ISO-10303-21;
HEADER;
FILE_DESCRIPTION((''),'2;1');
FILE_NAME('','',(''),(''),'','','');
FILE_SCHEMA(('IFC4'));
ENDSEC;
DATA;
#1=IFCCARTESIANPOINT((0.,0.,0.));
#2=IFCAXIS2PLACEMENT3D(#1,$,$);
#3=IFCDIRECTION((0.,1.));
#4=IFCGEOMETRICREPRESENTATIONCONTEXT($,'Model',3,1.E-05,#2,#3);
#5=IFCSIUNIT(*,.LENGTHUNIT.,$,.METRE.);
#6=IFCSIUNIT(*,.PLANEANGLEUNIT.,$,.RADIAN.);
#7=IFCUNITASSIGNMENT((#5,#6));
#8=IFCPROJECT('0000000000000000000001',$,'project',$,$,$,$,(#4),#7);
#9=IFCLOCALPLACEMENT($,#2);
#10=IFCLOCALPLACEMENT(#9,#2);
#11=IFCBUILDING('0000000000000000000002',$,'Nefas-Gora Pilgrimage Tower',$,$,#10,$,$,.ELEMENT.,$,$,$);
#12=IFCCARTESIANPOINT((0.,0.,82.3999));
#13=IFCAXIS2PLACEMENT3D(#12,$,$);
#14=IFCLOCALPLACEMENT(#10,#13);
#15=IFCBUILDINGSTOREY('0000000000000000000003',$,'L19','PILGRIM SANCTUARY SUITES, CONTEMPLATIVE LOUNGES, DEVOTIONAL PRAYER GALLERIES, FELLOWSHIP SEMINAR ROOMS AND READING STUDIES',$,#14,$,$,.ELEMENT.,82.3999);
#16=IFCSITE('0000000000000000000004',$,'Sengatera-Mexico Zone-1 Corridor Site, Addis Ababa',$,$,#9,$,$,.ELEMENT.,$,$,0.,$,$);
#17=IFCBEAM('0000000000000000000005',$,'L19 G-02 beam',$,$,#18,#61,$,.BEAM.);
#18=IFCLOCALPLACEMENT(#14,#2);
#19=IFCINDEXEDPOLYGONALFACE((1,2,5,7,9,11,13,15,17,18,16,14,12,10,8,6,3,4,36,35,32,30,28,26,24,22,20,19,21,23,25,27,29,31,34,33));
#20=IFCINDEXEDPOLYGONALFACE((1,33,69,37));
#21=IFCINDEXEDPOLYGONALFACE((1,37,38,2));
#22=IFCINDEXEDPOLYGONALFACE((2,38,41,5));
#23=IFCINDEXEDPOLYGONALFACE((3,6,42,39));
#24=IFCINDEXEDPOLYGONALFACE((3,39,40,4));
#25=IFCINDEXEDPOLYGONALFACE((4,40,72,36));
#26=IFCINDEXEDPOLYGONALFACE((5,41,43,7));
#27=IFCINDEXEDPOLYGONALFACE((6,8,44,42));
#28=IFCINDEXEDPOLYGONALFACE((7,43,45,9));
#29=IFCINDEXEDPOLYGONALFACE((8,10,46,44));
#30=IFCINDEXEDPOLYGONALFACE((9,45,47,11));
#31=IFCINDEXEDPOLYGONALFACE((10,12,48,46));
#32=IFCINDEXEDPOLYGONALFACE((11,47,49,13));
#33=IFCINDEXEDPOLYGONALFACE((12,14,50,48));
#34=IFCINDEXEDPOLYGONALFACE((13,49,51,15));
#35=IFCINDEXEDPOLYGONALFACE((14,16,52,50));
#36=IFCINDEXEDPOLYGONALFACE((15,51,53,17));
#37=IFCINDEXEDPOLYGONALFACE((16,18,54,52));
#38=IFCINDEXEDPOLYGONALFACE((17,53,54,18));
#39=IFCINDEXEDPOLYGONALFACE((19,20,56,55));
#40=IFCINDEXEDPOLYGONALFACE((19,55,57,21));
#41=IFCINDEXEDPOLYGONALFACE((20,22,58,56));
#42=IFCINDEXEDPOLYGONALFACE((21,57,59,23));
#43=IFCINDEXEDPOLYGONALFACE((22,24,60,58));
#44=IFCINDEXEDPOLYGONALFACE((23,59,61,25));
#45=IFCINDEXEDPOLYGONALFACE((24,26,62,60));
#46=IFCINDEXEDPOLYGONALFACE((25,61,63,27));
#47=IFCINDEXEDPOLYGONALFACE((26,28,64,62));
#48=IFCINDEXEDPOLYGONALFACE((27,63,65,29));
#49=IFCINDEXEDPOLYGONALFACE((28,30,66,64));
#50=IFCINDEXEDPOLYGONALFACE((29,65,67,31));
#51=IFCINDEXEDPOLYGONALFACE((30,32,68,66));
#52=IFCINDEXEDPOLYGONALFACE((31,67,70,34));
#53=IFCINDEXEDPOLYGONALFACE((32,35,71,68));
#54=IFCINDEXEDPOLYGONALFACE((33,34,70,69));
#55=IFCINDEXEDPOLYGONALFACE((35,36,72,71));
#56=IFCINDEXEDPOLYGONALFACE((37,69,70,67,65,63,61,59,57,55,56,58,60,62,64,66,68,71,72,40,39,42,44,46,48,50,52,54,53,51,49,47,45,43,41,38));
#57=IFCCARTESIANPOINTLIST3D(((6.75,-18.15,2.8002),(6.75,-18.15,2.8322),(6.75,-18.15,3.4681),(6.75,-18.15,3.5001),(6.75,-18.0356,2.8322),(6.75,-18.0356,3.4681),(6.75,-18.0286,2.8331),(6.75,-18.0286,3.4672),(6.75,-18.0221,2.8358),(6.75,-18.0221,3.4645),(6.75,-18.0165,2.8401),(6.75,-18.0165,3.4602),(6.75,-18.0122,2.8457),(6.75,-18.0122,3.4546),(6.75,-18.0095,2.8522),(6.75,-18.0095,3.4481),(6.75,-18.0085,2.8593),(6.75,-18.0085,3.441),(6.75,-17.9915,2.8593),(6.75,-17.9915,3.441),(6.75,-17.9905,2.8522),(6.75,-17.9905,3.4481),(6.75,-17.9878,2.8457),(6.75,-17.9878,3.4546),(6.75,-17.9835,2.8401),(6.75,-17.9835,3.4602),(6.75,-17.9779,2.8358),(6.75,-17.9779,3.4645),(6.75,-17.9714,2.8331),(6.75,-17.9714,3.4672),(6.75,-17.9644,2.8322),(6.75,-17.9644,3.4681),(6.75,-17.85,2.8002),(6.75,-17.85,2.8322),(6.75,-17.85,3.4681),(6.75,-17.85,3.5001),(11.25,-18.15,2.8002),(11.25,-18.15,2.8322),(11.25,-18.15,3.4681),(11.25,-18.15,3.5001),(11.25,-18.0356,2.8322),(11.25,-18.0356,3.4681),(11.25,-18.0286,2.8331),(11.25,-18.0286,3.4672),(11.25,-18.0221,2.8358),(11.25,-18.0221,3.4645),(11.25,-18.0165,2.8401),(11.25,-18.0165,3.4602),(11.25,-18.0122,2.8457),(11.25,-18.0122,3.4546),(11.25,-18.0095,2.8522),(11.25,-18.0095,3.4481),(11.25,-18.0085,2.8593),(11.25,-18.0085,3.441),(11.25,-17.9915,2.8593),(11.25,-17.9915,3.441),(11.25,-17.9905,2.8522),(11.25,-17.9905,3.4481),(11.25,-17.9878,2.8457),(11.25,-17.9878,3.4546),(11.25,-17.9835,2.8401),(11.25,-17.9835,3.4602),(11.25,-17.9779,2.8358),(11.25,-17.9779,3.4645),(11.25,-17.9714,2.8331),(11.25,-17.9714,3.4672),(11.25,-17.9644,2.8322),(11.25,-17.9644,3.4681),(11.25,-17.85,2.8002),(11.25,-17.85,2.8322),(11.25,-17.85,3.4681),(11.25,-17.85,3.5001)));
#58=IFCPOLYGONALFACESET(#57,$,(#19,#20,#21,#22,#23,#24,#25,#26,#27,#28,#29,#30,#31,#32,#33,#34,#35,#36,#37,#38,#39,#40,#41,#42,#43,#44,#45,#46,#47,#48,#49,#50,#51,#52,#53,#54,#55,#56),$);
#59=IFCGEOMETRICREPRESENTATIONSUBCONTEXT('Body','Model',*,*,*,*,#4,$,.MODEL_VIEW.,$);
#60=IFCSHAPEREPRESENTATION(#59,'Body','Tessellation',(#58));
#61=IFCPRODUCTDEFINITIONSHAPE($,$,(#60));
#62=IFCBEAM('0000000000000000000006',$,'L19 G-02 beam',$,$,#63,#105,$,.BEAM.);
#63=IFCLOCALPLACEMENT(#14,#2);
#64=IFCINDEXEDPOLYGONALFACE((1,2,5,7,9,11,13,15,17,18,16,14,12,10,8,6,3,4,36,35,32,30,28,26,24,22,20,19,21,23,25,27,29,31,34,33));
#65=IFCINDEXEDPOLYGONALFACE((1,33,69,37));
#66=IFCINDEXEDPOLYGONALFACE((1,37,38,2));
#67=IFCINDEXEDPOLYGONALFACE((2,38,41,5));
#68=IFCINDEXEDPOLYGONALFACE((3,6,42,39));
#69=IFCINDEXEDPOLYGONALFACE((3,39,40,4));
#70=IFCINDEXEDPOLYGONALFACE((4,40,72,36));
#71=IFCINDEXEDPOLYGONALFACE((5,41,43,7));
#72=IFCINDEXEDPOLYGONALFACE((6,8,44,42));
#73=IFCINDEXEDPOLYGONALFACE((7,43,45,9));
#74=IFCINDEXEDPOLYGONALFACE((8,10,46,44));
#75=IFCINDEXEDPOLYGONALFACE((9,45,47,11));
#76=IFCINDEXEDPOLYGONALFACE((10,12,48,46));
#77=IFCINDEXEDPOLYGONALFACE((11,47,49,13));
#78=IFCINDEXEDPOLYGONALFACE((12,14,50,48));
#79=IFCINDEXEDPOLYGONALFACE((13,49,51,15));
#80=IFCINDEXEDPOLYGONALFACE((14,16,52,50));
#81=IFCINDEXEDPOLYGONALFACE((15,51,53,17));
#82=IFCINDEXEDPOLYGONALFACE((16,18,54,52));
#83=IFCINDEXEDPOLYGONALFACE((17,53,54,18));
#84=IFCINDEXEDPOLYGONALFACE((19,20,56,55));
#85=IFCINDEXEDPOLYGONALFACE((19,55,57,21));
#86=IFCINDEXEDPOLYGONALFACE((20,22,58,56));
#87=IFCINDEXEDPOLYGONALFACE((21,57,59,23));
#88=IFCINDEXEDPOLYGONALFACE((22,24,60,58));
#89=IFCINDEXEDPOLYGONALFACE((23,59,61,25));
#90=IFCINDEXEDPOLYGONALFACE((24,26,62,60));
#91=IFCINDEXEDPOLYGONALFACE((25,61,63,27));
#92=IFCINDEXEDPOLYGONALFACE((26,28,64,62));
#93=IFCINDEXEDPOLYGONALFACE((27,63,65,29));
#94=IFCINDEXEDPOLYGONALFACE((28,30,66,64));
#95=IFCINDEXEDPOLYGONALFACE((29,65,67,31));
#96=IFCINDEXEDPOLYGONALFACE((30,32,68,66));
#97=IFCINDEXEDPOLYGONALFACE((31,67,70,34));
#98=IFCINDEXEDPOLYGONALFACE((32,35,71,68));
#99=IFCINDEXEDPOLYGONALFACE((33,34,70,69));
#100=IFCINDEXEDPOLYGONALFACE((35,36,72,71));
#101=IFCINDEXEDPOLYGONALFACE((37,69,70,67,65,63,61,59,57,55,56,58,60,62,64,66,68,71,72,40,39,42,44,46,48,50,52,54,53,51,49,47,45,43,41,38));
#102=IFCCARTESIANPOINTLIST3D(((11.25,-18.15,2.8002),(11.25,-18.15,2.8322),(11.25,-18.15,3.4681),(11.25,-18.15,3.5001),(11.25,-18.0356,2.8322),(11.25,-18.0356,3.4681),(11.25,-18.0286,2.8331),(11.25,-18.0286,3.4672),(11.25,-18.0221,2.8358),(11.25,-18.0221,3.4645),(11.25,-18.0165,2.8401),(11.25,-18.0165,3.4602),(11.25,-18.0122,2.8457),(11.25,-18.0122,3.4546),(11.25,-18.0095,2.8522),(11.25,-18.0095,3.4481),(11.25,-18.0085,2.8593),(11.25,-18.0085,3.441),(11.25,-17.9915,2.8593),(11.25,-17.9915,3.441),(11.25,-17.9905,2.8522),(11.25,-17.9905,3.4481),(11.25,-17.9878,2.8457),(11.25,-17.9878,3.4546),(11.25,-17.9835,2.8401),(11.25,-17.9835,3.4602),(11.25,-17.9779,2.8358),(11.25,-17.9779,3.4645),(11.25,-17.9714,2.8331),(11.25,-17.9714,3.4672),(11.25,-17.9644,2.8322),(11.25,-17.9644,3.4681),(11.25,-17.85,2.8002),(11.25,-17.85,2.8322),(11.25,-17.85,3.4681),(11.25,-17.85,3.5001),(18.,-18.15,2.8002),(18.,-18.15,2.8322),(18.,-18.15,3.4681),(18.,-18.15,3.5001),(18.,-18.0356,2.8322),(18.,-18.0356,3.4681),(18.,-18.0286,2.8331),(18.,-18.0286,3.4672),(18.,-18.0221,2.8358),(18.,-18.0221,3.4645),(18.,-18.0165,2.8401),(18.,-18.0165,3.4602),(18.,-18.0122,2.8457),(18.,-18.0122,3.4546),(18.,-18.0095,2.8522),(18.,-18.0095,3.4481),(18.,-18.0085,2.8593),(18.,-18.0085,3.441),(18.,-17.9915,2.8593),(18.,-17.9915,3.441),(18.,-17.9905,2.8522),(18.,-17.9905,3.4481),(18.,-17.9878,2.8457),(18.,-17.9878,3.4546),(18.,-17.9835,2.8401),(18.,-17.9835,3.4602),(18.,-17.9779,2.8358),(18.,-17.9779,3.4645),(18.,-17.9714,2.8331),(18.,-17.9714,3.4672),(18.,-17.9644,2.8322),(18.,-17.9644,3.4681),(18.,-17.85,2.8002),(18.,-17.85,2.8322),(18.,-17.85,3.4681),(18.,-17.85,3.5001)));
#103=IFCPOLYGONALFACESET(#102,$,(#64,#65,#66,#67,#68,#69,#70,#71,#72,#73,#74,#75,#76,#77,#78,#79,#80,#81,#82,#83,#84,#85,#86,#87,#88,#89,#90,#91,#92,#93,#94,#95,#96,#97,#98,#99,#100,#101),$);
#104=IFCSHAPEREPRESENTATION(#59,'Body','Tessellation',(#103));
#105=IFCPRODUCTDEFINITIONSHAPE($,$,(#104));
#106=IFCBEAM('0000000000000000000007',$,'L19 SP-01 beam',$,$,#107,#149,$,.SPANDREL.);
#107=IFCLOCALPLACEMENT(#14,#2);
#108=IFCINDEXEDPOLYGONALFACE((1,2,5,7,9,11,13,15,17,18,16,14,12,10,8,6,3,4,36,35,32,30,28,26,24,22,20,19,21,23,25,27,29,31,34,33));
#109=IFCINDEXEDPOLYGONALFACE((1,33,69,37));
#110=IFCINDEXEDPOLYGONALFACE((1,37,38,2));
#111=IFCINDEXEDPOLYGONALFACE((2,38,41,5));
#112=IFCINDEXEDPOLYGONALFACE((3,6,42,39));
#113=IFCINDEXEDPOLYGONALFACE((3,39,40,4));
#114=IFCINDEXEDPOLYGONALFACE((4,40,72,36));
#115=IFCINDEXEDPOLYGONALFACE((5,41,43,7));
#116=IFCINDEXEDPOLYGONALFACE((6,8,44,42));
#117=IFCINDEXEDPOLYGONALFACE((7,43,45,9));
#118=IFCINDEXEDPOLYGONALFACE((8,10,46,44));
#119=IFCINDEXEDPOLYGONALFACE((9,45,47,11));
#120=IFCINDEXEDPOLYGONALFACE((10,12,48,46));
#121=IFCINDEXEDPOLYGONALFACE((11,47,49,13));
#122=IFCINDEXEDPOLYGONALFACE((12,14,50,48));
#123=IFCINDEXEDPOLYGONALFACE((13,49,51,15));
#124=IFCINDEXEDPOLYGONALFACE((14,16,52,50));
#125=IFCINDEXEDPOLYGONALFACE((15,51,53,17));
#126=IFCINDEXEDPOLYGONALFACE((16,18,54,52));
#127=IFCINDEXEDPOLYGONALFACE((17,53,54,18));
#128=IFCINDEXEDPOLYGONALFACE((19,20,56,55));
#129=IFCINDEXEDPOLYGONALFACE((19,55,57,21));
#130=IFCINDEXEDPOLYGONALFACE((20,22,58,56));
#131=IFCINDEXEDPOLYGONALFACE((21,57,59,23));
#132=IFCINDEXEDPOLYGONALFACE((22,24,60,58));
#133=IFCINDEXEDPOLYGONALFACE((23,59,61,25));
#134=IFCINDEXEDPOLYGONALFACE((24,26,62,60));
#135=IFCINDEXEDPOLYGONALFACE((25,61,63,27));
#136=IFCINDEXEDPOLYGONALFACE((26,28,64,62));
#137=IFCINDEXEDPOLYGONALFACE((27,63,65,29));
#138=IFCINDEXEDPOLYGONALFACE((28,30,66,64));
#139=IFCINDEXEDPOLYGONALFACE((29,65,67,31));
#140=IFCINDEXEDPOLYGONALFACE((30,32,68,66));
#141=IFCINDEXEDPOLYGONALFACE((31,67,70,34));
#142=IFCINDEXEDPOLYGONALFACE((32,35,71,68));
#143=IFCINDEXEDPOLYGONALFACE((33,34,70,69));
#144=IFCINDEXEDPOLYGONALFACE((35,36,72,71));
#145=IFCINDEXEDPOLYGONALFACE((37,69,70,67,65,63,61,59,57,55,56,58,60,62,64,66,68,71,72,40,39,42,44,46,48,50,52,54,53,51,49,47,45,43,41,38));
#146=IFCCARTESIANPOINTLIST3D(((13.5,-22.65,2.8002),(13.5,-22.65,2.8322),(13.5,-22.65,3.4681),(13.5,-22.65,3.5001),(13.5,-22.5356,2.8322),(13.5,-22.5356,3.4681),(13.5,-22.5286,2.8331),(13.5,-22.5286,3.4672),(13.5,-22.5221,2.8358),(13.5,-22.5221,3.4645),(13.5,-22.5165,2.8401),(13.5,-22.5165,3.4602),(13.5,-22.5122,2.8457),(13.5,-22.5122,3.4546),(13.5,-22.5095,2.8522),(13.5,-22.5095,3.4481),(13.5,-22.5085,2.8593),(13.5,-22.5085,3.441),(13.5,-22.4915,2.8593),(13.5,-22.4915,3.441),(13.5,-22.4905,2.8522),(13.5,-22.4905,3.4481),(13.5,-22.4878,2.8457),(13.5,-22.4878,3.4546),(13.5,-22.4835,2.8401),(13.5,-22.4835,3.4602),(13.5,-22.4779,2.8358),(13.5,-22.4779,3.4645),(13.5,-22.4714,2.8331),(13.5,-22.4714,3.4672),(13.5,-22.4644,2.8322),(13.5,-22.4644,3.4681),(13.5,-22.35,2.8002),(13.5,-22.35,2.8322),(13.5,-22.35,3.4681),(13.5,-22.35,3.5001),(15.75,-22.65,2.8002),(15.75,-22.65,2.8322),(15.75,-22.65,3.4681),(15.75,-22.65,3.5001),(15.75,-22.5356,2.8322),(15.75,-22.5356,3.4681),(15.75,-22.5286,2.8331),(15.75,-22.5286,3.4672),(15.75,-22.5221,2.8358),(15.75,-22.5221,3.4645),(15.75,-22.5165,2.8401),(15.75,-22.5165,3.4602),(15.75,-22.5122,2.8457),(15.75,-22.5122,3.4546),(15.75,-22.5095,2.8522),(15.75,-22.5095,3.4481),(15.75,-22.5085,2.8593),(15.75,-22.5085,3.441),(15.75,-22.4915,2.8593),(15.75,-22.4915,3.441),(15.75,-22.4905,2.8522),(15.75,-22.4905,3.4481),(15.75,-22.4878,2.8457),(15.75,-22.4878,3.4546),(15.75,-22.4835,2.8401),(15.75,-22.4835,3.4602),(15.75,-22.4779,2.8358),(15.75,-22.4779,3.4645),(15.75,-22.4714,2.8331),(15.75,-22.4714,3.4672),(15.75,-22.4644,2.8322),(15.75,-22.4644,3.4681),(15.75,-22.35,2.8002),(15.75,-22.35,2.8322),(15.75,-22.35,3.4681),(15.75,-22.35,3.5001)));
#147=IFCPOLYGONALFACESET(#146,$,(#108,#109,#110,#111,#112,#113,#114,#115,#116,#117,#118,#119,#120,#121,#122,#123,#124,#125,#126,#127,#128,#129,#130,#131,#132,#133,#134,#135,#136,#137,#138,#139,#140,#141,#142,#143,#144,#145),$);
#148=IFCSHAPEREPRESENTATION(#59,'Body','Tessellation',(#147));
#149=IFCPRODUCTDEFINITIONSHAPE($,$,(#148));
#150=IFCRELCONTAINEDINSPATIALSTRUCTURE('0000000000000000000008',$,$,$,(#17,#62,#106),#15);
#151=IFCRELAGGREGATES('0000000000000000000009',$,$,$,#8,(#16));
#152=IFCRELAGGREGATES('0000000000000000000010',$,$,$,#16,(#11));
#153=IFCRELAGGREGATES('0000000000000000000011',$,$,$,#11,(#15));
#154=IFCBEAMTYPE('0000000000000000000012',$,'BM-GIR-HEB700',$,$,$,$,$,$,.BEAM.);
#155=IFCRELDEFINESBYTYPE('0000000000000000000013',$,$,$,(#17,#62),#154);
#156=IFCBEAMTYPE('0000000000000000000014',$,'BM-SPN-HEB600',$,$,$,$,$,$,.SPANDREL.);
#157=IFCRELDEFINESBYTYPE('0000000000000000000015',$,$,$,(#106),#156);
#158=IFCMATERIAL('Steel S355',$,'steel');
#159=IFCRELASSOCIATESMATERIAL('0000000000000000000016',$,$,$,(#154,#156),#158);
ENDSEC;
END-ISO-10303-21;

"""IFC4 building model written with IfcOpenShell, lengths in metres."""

from ifc_helpers import new_model, si_unit, direction, frame, origin, origin_2d, place, context, subcontext, project, spatial, i_section, extrude, source, transform, mapped, material, material_profile, profile_set, type_object, element, save


model = new_model("IFC4")

# Units and contexts
model_context = context("Model", 3, precision=1e-05, world=origin(), true_north=direction((0.0, 1.0)))
body_context = subcontext(model_context, "Body", "Model", "MODEL_VIEW")
ifc_project = project(units=[si_unit("LENGTHUNIT", "METRE"), si_unit("PLANEANGLEUNIT", "RADIAN")], contexts=[model_context])

# Site, building, storey
site_placement = place(None, origin())
site = spatial("IfcSite", under=ifc_project, at=site_placement, Name="Sengatera-Mexico Zone-1 Corridor Site, Addis Ababa", CompositionType="ELEMENT", RefElevation=0.0)
building_placement = place(site_placement, origin())
building = spatial("IfcBuilding", under=site, at=building_placement, Name="Nefas-Gora Pilgrimage Tower", CompositionType="ELEMENT")
storey_placement = place(building_placement, frame((0.0, 0.0, 82.3999)))
storey = spatial("IfcBuildingStorey", under=building, at=storey_placement, Name="L19", Description="PILGRIM SANCTUARY SUITES, CONTEMPLATIVE LOUNGES, DEVOTIONAL PRAYER GALLERIES, FELLOWSHIP SEMINAR ROOMS AND READING STUDIES", CompositionType="ELEMENT", Elevation=82.3999)

# Beams
ifc_material_1 = material(Name="Steel S355", Category="steel")
ifc_material_profile_1 = material_profile(ifc_material_1, i_section(OverallWidth=0.3, OverallDepth=0.7, WebThickness=0.0171, FlangeThickness=0.032, FilletRadius=0.0271, at=origin_2d()), Name="HEB 700")
ifc_profile_set_1 = profile_set([ifc_material_profile_1], Name="Steel S355")
beam_type_1 = type_object("IfcBeamType", Name="BM-GIR-HEB700", PredefinedType="BEAM", material=ifc_profile_set_1)
shared_shape_1 = source(origin(), body_context, "Body", "SweptSolid", [
    extrude(i_section(OverallWidth=0.3, OverallDepth=0.7, WebThickness=0.0171, FlangeThickness=0.032, FilletRadius=0.0271, at=origin_2d()), origin(), (0.0, 0.0, 1.0), 4.5),
])
for number, where, z_axis, x_axis, name in (
    (1, (6.75, -18.0, 3.1501), (1.0, 0.0, 0.0), (0.0, 1.0, 0.0), "L19 G-02 beam"),
):
    element("IfcBeam", number, at=place(storey_placement, frame(where, z_axis=z_axis, x_axis=x_axis)), inside=storey, type_object=beam_type_1, Name=name, PredefinedType="BEAM", context=body_context, shape_type="MappedRepresentation", body=[
        mapped(shared_shape_1, transform((0.0, 0.0, 0.0), x_axis=(1.0, 0.0, 0.0), y_axis=(0.0, 1.0, 0.0), z_axis=(0.0, 0.0, 1.0), scale=1.0)),
    ])
shared_shape_2 = source(origin(), body_context, "Body", "SweptSolid", [
    extrude(i_section(OverallWidth=0.3, OverallDepth=0.7, WebThickness=0.0171, FlangeThickness=0.032, FilletRadius=0.0271, at=origin_2d()), origin(), (0.0, 0.0, 1.0), 6.75),
])
beam_1_placement = place(storey_placement, frame((11.25, -18.0, 3.1501), z_axis=(1.0, 0.0, 0.0), x_axis=(0.0, 1.0, 0.0)))
element("IfcBeam", 2, at=beam_1_placement, inside=storey, type_object=beam_type_1, Name="L19 G-02 beam", PredefinedType="BEAM", context=body_context, shape_type="MappedRepresentation", body=[
    mapped(shared_shape_2, transform((0.0, 0.0, 0.0), x_axis=(1.0, 0.0, 0.0), y_axis=(0.0, 1.0, 0.0), z_axis=(0.0, 0.0, 1.0), scale=1.0)),
])
ifc_material_profile_2 = material_profile(ifc_material_1, i_section(OverallWidth=0.3, OverallDepth=0.7, WebThickness=0.0171, FlangeThickness=0.032, FilletRadius=0.0271, at=origin_2d()), Name="HEB 700")
ifc_profile_set_2 = profile_set([ifc_material_profile_2], Name="Steel S355")
beam_type_2 = type_object("IfcBeamType", Name="BM-SPN-HEB600", PredefinedType="SPANDREL", material=ifc_profile_set_2)
shared_shape_3 = source(origin(), body_context, "Body", "SweptSolid", [
    extrude(i_section(OverallWidth=0.3, OverallDepth=0.7, WebThickness=0.0171, FlangeThickness=0.032, FilletRadius=0.0271, at=origin_2d()), origin(), (0.0, 0.0, 1.0), 2.25),
])
beam_2_placement = place(storey_placement, frame((13.5, -22.5, 3.1501), z_axis=(1.0, 0.0, 0.0), x_axis=(0.0, 1.0, 0.0)))
element("IfcBeam", 3, at=beam_2_placement, inside=storey, type_object=beam_type_2, Name="L19 SP-01 beam", PredefinedType="SPANDREL", context=body_context, shape_type="MappedRepresentation", body=[
    mapped(shared_shape_3, transform((0.0, 0.0, 0.0), x_axis=(1.0, 0.0, 0.0), y_axis=(0.0, 1.0, 0.0), z_axis=(0.0, 0.0, 1.0), scale=1.0)),
])

save(model, "model.ifc")
